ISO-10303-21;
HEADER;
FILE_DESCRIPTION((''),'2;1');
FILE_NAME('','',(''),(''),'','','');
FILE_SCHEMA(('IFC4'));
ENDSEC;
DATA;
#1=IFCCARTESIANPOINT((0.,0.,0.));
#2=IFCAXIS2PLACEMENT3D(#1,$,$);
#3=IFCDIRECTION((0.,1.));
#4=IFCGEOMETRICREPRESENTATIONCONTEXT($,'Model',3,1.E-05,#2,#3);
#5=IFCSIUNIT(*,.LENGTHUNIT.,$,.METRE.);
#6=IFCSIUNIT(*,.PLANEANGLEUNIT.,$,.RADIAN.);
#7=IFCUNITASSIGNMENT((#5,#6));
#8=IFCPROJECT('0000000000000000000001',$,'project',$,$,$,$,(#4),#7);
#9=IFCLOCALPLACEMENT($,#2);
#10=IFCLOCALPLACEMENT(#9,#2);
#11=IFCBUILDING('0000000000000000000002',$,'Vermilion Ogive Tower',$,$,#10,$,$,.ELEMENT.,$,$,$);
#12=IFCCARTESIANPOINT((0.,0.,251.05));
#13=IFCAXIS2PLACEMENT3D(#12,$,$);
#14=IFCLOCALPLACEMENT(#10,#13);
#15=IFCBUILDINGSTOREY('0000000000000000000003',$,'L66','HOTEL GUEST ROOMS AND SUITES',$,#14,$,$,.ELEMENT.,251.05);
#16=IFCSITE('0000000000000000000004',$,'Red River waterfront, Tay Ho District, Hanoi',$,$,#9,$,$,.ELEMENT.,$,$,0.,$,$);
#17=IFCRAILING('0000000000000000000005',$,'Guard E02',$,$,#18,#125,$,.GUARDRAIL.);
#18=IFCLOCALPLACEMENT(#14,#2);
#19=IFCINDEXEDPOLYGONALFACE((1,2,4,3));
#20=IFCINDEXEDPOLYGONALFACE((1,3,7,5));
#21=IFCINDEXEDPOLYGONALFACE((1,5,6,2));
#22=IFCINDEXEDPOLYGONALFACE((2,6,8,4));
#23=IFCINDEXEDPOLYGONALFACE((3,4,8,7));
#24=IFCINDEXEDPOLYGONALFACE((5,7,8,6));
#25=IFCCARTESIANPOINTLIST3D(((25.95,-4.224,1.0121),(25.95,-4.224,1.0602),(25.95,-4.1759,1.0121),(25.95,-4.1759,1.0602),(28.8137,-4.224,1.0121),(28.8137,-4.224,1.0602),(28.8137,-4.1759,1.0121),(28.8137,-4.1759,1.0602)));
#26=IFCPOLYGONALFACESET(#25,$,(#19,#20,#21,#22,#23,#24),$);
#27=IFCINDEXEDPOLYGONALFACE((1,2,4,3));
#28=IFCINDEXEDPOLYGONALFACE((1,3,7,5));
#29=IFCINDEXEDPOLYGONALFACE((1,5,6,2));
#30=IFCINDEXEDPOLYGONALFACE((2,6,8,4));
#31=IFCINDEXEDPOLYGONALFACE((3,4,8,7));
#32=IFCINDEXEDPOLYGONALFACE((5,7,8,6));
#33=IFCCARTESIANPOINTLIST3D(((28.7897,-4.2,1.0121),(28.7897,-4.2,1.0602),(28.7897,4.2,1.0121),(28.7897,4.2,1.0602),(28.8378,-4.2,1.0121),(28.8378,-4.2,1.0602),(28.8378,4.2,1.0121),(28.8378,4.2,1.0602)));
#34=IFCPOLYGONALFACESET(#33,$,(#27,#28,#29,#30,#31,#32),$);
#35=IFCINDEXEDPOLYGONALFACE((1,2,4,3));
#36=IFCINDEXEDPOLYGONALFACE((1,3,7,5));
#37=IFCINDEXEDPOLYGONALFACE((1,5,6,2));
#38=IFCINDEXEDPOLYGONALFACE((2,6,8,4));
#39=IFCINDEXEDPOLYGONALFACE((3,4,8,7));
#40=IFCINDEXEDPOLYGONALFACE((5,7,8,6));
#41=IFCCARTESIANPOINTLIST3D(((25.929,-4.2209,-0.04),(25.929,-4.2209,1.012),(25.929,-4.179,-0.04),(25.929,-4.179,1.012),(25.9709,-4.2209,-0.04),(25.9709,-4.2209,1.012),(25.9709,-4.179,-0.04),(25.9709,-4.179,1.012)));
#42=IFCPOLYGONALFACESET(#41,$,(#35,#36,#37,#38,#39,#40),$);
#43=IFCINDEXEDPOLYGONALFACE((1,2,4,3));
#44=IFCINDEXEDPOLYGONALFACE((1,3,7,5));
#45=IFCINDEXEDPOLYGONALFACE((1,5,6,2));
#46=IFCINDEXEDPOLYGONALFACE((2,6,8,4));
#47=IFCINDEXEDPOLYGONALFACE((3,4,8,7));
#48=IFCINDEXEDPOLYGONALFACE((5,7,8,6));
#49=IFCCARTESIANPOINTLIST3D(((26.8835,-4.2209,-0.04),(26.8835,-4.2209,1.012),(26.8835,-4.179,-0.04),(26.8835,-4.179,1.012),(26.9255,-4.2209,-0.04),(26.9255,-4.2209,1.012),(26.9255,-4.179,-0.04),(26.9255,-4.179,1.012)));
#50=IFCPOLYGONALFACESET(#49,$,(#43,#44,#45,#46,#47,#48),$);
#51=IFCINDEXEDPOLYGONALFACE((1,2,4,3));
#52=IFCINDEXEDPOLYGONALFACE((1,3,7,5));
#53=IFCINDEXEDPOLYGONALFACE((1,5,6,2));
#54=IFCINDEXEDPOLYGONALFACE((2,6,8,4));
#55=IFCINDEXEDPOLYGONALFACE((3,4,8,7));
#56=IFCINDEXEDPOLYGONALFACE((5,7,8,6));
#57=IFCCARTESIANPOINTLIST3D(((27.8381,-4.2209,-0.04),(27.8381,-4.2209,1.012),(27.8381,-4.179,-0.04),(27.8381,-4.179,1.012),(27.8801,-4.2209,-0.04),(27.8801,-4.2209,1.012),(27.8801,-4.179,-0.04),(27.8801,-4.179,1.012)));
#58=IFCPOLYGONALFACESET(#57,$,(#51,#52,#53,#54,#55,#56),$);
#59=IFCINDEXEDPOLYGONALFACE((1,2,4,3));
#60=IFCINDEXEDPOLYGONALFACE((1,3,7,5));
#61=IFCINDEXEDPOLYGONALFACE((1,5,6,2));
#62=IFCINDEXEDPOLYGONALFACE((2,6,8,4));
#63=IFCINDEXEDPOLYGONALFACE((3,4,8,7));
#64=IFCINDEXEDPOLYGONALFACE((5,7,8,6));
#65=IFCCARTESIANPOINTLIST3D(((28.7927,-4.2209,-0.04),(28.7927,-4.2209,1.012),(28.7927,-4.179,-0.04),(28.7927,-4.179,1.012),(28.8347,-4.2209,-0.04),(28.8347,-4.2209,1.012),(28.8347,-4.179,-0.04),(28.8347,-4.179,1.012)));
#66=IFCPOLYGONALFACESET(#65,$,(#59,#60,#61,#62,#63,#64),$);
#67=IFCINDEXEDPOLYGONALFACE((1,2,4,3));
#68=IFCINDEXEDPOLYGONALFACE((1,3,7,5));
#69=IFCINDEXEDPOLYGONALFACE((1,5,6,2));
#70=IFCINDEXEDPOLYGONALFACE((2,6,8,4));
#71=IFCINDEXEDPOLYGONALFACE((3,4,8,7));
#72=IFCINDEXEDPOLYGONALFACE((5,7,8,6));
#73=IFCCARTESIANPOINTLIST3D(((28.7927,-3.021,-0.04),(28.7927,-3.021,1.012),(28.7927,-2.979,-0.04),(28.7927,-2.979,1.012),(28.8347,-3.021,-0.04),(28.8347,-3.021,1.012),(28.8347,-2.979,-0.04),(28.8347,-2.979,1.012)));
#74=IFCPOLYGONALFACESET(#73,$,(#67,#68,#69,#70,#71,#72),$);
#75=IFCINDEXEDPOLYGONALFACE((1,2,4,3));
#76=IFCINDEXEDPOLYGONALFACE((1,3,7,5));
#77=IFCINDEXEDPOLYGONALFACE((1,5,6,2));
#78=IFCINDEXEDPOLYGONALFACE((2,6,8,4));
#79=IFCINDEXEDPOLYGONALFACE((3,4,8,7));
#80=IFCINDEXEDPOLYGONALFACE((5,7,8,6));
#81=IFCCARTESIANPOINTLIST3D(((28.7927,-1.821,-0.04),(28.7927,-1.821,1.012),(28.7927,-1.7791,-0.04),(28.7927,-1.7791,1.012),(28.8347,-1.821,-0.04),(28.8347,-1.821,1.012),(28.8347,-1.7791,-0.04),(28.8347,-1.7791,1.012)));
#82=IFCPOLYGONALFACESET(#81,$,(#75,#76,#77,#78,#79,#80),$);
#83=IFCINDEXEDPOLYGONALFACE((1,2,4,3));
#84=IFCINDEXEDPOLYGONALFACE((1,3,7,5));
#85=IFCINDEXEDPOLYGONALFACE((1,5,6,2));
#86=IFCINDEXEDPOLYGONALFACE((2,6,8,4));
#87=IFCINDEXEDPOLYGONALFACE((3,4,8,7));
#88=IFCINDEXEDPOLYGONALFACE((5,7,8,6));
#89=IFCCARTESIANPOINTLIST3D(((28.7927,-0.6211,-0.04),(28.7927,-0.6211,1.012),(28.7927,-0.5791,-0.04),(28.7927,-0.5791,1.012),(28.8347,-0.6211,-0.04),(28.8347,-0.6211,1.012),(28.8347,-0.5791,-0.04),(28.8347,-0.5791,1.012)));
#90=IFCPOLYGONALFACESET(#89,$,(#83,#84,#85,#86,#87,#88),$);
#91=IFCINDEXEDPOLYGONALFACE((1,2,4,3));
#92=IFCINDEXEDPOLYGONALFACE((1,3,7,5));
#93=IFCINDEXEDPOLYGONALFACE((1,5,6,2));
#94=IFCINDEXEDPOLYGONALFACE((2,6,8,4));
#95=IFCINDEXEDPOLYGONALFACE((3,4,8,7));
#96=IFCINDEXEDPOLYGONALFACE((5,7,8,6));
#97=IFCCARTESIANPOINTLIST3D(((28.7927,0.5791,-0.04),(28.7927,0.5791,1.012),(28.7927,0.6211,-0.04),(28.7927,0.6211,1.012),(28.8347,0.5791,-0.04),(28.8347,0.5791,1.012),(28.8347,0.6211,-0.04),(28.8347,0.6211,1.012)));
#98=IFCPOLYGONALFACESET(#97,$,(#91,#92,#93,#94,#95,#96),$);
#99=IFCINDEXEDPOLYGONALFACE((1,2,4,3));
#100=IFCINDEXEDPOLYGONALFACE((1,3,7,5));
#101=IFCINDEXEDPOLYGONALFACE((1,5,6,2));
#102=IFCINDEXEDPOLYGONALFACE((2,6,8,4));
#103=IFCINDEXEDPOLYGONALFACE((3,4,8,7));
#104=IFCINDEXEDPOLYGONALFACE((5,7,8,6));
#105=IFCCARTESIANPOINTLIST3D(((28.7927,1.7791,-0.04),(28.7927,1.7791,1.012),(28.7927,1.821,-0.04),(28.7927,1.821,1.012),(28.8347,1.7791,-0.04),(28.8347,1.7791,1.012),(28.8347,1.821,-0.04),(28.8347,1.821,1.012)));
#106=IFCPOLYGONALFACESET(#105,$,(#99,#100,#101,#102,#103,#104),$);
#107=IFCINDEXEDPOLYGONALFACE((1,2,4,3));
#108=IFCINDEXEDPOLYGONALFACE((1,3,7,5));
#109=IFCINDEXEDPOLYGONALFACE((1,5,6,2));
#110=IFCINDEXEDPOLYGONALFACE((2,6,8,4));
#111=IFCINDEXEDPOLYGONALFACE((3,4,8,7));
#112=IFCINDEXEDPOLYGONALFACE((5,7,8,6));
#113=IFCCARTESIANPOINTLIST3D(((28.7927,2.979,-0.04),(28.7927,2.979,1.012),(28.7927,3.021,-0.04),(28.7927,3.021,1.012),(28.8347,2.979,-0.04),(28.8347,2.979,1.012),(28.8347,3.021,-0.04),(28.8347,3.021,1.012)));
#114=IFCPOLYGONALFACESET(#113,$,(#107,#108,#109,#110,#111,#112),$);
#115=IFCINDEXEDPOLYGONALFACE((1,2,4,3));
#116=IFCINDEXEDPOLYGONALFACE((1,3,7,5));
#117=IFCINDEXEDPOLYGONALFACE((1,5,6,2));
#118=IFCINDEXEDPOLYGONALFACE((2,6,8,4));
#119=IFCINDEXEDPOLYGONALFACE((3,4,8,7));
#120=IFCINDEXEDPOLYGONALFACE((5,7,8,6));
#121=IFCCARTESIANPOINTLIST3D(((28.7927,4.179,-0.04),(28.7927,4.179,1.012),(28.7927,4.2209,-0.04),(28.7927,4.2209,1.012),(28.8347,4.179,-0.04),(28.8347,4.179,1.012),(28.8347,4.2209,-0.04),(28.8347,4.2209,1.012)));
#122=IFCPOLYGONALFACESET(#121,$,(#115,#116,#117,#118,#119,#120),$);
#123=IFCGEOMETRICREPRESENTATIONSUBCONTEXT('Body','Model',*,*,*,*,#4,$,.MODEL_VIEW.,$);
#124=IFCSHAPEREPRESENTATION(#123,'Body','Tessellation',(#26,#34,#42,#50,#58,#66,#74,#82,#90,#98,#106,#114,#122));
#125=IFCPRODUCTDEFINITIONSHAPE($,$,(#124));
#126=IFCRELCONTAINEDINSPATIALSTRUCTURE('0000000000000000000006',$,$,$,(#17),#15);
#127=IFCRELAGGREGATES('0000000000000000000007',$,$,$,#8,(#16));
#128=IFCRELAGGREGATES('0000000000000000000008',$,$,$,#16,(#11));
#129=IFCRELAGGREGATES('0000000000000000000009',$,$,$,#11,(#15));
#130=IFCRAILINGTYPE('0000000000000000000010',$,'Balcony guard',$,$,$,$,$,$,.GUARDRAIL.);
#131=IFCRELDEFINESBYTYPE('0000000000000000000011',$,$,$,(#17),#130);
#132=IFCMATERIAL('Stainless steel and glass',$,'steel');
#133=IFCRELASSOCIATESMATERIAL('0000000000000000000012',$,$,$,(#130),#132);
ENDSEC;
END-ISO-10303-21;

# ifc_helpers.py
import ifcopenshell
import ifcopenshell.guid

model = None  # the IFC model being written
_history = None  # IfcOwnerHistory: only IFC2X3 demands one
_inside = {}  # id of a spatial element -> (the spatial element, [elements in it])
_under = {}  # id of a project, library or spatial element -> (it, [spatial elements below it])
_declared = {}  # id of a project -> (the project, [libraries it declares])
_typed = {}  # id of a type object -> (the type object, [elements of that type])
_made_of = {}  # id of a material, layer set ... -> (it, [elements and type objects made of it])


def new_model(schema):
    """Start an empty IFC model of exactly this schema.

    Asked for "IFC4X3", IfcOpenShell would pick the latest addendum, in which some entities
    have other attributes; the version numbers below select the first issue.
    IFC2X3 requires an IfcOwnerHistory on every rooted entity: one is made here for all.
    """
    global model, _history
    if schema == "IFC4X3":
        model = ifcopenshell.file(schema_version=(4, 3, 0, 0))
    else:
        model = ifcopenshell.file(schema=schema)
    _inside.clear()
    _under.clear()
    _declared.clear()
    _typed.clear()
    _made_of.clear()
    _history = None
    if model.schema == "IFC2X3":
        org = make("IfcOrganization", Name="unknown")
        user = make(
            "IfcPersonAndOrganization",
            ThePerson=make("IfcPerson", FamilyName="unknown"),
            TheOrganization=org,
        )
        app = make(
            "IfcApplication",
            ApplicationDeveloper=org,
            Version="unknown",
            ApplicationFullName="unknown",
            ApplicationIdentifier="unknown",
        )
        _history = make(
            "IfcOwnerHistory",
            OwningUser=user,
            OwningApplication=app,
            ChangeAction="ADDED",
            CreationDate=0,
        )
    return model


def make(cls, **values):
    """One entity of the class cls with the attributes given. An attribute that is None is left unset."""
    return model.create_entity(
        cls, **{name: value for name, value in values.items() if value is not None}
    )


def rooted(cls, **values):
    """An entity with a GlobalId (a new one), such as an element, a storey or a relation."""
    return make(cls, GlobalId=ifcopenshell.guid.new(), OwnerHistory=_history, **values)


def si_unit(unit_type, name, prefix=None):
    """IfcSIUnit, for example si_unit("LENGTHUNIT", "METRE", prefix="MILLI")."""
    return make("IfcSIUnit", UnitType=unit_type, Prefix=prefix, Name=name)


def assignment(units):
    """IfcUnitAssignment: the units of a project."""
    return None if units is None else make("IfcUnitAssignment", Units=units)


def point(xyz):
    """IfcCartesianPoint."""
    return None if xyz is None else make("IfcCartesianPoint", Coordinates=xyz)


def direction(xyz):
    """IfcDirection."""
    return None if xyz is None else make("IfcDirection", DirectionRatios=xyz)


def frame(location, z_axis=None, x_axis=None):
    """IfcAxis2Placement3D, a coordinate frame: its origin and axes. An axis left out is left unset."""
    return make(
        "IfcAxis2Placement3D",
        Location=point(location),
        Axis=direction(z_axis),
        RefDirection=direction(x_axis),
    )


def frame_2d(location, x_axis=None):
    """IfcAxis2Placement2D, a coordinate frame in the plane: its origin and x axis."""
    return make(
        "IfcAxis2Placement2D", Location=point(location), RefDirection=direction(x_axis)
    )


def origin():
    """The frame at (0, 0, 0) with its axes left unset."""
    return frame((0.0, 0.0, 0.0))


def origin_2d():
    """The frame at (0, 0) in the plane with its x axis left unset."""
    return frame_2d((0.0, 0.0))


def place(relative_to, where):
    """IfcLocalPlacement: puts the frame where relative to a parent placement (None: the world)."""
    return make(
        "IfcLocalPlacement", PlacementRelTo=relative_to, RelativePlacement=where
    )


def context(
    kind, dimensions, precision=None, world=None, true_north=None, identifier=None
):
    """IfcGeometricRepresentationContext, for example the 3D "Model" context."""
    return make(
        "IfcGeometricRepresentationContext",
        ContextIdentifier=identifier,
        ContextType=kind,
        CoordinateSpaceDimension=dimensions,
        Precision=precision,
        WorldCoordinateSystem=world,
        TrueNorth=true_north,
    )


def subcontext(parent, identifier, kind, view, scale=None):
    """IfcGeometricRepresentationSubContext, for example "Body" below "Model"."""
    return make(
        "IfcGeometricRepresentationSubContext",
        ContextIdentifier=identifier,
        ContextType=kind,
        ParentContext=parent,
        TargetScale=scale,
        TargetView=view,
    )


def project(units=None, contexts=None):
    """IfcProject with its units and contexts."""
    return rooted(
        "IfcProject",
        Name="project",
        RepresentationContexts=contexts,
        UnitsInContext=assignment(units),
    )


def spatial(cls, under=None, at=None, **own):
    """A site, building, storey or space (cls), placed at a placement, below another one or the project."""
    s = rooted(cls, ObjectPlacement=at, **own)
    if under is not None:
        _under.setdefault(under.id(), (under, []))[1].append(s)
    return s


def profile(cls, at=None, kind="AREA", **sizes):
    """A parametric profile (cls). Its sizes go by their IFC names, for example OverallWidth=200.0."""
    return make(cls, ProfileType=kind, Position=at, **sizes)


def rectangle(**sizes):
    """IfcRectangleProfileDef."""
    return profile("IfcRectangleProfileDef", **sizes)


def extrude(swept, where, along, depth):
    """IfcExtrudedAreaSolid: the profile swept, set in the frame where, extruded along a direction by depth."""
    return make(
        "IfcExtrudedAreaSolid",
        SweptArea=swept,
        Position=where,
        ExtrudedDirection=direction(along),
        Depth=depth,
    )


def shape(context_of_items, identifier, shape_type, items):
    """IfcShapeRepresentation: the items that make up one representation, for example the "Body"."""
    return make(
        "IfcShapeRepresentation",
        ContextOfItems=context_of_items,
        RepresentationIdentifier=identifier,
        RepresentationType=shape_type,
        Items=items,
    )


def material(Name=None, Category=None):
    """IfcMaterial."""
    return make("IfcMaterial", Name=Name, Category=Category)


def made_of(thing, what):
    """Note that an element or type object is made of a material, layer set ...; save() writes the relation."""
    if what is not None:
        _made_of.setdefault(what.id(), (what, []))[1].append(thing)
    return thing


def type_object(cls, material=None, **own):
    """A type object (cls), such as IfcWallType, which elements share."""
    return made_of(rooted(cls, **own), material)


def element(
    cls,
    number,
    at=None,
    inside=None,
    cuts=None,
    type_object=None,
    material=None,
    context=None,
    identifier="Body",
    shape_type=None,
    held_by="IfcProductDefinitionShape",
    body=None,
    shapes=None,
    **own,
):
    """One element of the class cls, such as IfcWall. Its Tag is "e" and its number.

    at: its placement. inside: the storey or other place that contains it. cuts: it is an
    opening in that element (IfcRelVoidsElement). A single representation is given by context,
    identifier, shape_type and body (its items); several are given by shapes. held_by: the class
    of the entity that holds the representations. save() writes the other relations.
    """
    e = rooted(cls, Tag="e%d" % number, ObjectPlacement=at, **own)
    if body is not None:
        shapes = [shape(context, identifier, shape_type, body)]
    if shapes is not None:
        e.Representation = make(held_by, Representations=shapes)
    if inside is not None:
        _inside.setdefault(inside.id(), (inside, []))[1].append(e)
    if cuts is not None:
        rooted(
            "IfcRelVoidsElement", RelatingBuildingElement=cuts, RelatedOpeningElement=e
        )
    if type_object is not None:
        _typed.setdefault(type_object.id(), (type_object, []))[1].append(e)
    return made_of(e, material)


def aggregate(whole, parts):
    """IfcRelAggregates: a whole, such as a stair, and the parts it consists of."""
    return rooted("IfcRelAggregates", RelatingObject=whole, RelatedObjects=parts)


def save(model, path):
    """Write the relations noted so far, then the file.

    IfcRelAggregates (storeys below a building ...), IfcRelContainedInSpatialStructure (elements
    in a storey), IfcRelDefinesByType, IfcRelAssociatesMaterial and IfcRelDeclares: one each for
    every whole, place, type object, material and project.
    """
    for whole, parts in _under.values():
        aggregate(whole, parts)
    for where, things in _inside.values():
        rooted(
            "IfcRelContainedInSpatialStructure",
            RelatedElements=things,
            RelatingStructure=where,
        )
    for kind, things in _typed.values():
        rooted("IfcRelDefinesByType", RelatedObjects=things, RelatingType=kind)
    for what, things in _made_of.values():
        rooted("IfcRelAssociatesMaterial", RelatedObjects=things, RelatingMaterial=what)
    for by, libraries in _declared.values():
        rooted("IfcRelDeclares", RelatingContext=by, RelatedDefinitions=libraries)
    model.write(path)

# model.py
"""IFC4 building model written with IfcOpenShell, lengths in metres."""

from ifc_helpers import new_model, si_unit, direction, frame, origin, origin_2d, place, context, subcontext, project, spatial, rectangle, extrude, material, type_object, element, save


model = new_model("IFC4")

# Units and contexts
model_context = context("Model", 3, precision=1e-05, world=origin(), true_north=direction((0.0, 1.0)))
body_context = subcontext(model_context, "Body", "Model", "MODEL_VIEW")
ifc_project = project(units=[si_unit("LENGTHUNIT", "METRE"), si_unit("PLANEANGLEUNIT", "RADIAN")], contexts=[model_context])

# Site, building, storey
site_placement = place(None, origin())
site = spatial("IfcSite", under=ifc_project, at=site_placement, Name="Red River waterfront, Tay Ho District, Hanoi", CompositionType="ELEMENT", RefElevation=0.0)
building_placement = place(site_placement, origin())
building = spatial("IfcBuilding", under=site, at=building_placement, Name="Vermilion Ogive Tower", CompositionType="ELEMENT")
storey_placement = place(building_placement, frame((0.0, 0.0, 251.05)))
storey = spatial("IfcBuildingStorey", under=building, at=storey_placement, Name="L66", Description="HOTEL GUEST ROOMS AND SUITES", CompositionType="ELEMENT", Elevation=251.05)

# Railing
ifc_material_1 = material(Name="Stainless steel and glass", Category="steel")
railing_type = type_object("IfcRailingType", Name="Balcony guard", PredefinedType="GUARDRAIL", material=ifc_material_1)
railing_placement = place(storey_placement, frame((25.95, -4.2, -0.04)))
element("IfcRailing", 1, at=railing_placement, inside=storey, type_object=railing_type, Name="Guard E02", PredefinedType="GUARDRAIL", context=body_context, shape_type="SweptSolid", body=[
    extrude(rectangle(XDim=0.0481, YDim=0.0481, at=origin_2d()), frame((0.0, 0.0, 1.0762), z_axis=(1.0, 0.0, 0.0), x_axis=(0.0, 1.0, 0.0)), (0.0, 0.0, 1.0), 2.8638),
    extrude(rectangle(XDim=0.0481, YDim=0.0481, at=origin_2d()), frame((2.8638, 0.0, 1.0762), z_axis=(0.0, 1.0, 0.0), x_axis=(-1.0, 0.0, 0.0)), (0.0, 0.0, 1.0), 8.3999),
    extrude(rectangle(XDim=0.042, YDim=0.042, at=origin_2d()), origin(), (0.0, 0.0, 1.0), 1.052),
    extrude(rectangle(XDim=0.042, YDim=0.042, at=origin_2d()), frame((0.9546, 0.0, 0.0)), (0.0, 0.0, 1.0), 1.052),
    extrude(rectangle(XDim=0.042, YDim=0.042, at=origin_2d()), frame((1.9092, 0.0, 0.0)), (0.0, 0.0, 1.0), 1.052),
    extrude(rectangle(XDim=0.042, YDim=0.042, at=origin_2d()), frame((2.8638, 0.0, 0.0)), (0.0, 0.0, 1.0), 1.052),
    extrude(rectangle(XDim=0.042, YDim=0.042, at=origin_2d()), frame((2.8638, 1.2, 0.0)), (0.0, 0.0, 1.0), 1.052),
    extrude(rectangle(XDim=0.042, YDim=0.042, at=origin_2d()), frame((2.8638, 2.3999, 0.0)), (0.0, 0.0, 1.0), 1.052),
    extrude(rectangle(XDim=0.042, YDim=0.042, at=origin_2d()), frame((2.8638, 3.5999, 0.0)), (0.0, 0.0, 1.0), 1.052),
    extrude(rectangle(XDim=0.042, YDim=0.042, at=origin_2d()), frame((2.8638, 4.8, 0.0)), (0.0, 0.0, 1.0), 1.052),
    extrude(rectangle(XDim=0.042, YDim=0.042, at=origin_2d()), frame((2.8638, 6.0, 0.0)), (0.0, 0.0, 1.0), 1.052),
    extrude(rectangle(XDim=0.042, YDim=0.042, at=origin_2d()), frame((2.8638, 7.2, 0.0)), (0.0, 0.0, 1.0), 1.052),
    extrude(rectangle(XDim=0.042, YDim=0.042, at=origin_2d()), frame((2.8638, 8.3999, 0.0)), (0.0, 0.0, 1.0), 1.052),
])

save(model, "model.ifc")
